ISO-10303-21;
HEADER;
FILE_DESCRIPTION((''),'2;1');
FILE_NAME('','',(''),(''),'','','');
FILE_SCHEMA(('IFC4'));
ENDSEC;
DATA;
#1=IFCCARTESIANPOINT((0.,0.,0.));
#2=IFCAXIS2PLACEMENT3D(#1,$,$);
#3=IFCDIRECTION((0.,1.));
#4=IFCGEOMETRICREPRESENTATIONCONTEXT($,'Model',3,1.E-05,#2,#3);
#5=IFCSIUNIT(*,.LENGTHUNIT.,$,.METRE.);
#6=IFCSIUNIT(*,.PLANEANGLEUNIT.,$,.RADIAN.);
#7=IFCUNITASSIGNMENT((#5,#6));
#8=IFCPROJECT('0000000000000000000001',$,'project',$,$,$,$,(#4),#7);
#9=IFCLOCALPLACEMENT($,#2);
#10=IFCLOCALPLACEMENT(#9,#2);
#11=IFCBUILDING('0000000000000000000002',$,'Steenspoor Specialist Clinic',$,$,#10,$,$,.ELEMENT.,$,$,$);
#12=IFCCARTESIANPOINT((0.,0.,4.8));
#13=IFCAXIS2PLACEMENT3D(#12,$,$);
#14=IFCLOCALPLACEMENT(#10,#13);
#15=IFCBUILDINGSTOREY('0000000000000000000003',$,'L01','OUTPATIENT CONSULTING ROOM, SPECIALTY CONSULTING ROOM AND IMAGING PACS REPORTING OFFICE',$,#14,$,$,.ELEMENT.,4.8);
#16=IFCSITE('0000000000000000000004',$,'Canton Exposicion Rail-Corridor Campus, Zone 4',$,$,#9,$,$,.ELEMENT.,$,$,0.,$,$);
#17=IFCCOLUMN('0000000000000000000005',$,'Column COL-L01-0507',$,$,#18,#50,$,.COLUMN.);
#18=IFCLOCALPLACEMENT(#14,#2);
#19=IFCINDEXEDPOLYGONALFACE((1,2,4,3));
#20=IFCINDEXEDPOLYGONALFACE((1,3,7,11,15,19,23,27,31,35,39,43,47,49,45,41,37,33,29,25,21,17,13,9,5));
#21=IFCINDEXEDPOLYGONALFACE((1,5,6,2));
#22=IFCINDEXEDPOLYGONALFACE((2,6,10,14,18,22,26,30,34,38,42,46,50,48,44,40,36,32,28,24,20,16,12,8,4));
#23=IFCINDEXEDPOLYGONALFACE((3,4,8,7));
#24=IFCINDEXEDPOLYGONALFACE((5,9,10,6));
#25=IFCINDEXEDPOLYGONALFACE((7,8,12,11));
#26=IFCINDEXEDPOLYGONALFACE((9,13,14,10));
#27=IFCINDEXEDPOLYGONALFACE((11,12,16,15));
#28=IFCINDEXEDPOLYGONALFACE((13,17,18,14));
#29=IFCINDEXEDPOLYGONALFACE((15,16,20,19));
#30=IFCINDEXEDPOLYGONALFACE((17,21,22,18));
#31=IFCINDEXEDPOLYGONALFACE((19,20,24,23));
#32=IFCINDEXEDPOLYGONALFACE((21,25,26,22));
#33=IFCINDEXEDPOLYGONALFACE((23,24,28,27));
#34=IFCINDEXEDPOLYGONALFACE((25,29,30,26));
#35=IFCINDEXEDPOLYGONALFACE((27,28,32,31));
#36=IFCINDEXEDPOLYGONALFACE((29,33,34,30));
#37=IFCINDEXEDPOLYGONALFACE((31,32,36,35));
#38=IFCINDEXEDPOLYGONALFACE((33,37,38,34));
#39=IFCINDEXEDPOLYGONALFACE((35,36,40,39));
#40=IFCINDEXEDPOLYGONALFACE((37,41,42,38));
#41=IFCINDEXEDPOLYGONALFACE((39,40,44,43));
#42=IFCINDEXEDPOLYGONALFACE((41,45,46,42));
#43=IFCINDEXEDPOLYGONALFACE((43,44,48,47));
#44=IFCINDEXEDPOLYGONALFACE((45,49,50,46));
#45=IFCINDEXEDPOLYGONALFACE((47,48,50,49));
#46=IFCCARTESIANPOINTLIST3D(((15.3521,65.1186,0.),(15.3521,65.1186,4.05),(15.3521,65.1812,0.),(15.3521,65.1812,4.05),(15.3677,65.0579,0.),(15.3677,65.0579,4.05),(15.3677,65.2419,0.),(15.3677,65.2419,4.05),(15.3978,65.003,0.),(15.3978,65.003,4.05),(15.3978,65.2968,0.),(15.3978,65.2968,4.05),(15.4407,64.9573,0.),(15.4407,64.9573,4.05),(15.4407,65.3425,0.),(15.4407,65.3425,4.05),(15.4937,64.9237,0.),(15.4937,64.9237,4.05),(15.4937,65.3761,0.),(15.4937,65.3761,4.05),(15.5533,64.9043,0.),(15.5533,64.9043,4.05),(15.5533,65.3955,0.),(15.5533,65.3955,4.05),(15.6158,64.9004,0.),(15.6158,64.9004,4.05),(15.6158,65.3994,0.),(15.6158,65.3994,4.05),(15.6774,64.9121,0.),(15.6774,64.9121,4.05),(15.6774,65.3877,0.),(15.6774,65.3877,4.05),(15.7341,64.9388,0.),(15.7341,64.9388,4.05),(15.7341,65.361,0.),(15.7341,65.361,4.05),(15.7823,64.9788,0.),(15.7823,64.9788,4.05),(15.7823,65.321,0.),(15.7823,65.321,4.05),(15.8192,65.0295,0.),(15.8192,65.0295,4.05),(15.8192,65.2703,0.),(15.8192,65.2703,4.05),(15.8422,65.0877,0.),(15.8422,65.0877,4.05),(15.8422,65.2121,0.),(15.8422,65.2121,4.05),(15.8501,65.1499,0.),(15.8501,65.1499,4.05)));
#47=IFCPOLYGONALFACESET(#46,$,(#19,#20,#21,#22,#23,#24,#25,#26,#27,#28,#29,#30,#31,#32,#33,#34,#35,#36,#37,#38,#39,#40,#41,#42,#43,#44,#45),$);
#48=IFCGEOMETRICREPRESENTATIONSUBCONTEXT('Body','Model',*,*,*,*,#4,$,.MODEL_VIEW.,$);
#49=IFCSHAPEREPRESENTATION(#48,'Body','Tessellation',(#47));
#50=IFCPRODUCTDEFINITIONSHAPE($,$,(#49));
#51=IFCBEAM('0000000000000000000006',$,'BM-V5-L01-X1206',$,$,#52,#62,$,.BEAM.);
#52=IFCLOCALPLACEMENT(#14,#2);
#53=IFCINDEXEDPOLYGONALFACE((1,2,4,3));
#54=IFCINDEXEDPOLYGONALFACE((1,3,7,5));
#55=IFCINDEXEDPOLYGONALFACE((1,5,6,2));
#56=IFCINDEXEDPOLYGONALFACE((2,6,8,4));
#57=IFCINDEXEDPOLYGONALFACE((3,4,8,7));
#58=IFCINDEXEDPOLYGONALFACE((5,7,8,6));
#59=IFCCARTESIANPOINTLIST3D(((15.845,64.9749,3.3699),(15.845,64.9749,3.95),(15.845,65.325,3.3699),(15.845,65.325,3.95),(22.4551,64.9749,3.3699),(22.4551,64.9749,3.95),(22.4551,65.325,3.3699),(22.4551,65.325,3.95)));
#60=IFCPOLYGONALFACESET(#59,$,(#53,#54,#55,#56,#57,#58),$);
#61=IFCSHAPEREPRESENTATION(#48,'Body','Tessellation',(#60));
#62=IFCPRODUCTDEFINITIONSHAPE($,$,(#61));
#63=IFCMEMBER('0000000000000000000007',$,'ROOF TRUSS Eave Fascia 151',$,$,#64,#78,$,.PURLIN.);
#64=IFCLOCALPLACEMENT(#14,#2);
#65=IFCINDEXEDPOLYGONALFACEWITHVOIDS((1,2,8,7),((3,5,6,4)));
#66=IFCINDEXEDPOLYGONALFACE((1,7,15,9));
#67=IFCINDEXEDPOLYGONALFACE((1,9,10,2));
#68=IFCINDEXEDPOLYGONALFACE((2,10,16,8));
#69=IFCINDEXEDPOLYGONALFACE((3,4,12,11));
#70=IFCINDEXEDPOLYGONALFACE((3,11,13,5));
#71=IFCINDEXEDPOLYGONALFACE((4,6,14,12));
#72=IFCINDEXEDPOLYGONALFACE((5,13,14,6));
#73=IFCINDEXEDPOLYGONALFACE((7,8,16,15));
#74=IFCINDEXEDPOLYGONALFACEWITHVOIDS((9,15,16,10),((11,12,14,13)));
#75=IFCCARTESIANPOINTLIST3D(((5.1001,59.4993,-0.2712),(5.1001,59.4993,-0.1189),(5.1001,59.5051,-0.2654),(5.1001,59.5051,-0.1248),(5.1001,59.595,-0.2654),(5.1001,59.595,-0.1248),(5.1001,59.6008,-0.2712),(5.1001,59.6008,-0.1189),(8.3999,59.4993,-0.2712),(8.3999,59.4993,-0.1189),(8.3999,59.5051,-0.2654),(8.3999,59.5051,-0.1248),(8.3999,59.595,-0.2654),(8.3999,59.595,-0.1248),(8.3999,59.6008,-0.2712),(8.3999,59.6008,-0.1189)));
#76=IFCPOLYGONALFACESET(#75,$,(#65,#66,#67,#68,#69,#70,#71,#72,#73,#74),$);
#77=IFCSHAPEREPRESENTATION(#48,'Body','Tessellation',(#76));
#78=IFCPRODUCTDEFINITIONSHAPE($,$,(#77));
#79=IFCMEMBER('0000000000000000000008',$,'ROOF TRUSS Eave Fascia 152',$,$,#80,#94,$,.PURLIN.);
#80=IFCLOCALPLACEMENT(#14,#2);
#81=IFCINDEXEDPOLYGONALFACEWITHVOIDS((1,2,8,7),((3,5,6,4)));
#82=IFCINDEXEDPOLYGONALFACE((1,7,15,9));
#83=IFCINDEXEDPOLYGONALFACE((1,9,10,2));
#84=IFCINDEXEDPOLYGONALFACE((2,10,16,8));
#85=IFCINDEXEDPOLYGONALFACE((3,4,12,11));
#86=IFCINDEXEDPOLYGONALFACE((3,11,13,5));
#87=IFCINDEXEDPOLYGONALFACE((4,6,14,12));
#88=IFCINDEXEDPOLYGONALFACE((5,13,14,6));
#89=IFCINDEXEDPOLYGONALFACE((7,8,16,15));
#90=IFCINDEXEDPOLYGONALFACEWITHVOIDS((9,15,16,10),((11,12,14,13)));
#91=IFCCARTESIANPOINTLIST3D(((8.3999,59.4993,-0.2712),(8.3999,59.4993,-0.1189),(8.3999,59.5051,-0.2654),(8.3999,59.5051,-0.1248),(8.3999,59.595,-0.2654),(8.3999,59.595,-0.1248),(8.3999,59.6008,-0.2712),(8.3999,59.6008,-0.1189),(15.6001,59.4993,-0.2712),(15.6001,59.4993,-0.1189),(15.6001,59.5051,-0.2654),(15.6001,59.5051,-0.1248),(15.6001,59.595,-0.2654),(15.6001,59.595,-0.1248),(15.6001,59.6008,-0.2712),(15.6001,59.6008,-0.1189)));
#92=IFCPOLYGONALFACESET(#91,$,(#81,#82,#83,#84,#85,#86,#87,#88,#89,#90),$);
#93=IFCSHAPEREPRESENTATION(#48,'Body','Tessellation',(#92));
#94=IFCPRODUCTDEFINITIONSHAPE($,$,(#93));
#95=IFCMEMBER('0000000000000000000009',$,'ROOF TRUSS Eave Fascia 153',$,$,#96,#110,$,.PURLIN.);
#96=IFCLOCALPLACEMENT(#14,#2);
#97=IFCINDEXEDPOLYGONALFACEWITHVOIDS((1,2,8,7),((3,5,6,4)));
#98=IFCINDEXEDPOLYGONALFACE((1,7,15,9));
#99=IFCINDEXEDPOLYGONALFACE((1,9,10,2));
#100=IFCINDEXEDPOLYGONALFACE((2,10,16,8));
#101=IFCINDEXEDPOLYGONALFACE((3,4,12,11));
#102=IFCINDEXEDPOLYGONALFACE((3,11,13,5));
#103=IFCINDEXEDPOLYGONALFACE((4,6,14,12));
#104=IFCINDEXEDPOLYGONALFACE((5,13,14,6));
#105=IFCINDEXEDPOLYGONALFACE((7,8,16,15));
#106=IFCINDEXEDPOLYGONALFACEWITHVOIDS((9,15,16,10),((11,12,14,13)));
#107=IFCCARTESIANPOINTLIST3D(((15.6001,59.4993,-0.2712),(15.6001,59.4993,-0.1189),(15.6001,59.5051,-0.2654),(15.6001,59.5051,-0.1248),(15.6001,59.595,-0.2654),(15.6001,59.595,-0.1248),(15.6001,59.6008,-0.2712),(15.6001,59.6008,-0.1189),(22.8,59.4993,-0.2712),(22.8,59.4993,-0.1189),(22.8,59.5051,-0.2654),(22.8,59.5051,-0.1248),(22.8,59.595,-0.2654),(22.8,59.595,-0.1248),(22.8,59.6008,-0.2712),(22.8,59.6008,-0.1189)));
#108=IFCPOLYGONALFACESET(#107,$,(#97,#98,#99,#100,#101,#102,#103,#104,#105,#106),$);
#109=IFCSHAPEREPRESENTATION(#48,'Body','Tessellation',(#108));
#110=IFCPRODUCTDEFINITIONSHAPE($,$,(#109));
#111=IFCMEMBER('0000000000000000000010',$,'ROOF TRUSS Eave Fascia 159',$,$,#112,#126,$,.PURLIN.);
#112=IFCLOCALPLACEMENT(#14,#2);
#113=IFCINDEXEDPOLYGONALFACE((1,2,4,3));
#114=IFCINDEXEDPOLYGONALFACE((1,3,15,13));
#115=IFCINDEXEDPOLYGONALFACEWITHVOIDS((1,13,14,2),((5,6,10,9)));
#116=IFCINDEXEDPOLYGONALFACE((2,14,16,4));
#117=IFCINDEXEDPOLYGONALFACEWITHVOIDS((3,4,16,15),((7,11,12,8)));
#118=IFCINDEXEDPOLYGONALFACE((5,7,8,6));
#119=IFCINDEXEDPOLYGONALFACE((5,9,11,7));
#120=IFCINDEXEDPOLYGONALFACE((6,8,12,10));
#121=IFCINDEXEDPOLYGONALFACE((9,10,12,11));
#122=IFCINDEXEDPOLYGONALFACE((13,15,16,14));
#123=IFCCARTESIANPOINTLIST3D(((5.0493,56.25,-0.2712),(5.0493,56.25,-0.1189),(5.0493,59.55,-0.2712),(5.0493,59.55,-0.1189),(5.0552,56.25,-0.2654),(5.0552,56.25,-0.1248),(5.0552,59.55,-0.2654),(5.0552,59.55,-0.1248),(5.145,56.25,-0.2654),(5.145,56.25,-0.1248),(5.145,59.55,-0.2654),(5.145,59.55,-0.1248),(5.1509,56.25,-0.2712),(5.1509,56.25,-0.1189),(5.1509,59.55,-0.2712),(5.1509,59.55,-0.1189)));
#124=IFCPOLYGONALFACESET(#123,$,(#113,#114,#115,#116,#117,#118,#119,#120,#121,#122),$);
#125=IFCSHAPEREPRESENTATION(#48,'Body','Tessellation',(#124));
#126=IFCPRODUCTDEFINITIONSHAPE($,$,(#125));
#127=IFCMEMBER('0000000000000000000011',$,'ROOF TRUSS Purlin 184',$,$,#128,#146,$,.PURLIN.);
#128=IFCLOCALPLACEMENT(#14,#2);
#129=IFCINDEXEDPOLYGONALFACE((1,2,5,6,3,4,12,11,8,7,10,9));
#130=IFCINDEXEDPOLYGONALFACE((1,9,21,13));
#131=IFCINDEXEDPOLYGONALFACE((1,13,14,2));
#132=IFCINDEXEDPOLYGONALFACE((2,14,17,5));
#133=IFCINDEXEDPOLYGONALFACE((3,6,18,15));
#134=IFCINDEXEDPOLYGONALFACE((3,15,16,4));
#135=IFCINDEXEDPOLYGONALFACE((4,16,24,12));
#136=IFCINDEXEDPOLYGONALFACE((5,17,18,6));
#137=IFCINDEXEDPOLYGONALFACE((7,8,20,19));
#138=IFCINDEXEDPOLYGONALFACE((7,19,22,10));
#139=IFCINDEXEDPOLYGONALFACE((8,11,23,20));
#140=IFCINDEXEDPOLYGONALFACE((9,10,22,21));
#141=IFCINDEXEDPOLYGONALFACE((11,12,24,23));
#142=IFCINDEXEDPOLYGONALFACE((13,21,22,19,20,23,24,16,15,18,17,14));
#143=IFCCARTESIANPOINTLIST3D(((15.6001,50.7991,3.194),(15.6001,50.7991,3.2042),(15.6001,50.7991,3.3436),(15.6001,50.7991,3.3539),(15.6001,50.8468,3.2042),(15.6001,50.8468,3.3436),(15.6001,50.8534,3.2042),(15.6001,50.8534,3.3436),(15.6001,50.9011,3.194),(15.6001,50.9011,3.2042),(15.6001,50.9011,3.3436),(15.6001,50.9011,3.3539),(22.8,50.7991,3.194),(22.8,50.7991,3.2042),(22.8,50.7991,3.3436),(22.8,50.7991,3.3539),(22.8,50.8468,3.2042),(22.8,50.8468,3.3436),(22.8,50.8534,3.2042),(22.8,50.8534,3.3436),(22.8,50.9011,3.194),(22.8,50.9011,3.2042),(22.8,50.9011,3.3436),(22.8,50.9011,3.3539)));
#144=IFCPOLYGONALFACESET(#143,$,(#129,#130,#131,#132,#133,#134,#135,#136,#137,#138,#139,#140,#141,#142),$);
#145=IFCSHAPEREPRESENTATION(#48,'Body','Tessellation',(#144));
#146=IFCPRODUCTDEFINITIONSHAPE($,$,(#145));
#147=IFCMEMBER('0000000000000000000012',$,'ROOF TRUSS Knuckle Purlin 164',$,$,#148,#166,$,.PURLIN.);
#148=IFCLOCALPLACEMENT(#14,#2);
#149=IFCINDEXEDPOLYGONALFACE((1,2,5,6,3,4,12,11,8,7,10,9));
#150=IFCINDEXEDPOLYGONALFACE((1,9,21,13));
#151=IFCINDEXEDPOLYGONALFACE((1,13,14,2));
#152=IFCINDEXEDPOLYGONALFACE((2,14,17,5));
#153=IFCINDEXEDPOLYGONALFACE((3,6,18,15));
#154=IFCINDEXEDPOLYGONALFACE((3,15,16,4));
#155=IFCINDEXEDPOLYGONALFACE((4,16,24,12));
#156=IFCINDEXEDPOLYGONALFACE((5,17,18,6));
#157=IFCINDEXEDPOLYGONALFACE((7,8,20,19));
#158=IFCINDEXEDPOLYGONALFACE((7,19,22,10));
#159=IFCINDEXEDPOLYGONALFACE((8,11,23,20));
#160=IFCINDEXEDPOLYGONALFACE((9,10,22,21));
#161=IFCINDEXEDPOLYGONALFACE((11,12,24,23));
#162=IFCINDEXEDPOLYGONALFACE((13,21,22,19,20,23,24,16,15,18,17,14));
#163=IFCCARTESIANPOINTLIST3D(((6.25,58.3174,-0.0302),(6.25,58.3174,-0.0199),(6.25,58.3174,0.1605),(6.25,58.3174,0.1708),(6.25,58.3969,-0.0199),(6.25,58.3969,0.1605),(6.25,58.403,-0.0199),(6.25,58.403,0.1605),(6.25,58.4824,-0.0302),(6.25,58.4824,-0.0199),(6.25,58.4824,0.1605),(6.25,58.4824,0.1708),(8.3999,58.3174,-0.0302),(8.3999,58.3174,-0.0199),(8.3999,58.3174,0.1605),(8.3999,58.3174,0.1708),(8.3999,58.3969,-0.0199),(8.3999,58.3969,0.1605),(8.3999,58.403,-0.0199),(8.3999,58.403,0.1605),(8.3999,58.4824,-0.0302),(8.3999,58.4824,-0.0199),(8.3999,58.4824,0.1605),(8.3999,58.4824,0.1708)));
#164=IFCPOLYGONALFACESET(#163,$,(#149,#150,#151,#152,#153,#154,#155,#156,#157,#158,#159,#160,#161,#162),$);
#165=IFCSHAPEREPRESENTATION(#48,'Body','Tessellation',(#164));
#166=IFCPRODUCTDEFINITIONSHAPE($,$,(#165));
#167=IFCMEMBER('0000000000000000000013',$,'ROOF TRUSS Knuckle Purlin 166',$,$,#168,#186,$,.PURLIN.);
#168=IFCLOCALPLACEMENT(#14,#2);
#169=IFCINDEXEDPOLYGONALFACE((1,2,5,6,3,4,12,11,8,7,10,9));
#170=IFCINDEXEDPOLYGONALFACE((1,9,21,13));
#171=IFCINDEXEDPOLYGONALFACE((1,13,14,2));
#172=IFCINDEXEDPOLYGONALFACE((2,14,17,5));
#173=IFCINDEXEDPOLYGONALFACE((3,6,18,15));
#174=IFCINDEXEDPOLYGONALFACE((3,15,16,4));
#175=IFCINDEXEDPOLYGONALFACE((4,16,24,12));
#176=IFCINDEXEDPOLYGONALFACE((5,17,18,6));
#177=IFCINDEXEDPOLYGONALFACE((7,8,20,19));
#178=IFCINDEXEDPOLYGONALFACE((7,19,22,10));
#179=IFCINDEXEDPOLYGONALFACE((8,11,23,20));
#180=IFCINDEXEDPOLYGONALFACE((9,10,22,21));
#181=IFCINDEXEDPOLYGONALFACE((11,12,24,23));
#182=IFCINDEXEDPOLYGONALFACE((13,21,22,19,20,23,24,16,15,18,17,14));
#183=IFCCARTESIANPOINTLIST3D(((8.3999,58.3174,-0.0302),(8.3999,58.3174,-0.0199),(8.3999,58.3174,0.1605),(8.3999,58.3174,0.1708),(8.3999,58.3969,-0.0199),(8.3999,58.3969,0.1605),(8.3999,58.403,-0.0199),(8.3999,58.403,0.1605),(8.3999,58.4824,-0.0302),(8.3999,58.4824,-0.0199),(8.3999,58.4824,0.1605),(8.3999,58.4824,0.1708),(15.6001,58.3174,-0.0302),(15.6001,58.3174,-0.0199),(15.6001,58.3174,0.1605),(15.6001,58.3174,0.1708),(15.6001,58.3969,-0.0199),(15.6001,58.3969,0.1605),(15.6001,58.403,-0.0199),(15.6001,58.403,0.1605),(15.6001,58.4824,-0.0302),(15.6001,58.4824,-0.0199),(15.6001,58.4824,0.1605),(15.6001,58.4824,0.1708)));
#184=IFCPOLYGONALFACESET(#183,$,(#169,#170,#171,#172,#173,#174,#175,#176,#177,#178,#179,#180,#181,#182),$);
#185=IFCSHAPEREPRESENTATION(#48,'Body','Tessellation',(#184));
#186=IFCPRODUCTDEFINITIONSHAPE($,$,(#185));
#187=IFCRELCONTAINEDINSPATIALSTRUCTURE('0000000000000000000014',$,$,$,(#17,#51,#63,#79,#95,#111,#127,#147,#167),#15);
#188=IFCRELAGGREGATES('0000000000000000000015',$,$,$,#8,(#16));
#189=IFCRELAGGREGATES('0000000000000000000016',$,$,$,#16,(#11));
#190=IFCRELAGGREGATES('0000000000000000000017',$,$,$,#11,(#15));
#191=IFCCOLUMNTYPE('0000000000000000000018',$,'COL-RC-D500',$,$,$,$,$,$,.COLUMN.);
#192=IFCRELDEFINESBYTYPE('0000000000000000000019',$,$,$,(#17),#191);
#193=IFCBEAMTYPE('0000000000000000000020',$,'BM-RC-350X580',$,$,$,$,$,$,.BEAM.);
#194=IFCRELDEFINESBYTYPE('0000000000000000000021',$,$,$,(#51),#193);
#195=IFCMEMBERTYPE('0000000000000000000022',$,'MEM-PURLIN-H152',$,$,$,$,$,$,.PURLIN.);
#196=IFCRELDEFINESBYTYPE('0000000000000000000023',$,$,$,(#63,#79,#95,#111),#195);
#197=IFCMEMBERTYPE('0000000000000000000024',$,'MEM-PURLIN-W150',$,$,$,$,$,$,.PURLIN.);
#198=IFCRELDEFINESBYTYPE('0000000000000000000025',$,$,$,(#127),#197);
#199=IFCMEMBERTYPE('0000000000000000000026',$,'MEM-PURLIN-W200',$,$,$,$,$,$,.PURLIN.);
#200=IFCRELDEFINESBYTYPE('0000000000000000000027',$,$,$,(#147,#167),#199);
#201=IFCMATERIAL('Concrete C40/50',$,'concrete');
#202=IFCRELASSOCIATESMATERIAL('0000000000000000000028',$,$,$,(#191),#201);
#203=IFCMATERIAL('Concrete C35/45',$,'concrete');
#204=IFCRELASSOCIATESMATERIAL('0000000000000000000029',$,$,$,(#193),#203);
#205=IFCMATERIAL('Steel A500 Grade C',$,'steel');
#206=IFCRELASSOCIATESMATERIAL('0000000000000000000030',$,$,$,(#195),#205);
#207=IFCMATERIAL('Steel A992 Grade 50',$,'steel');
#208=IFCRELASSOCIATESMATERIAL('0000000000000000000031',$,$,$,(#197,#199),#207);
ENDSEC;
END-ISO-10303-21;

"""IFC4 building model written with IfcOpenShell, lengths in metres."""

from ifc_helpers import new_model, si_unit, direction, frame, origin, origin_2d, place, context, subcontext, project, spatial, rectangle, hollow_rectangle, circle, i_section, extrude, material, material_profile, profile_set, type_object, element, save


model = new_model("IFC4")

# Units and contexts
model_context = context("Model", 3, precision=1e-05, world=origin(), true_north=direction((0.0, 1.0)))
body_context = subcontext(model_context, "Body", "Model", "MODEL_VIEW")
ifc_project = project(units=[si_unit("LENGTHUNIT", "METRE"), si_unit("PLANEANGLEUNIT", "RADIAN")], contexts=[model_context])

# Site, building, storey
site_placement = place(None, origin())
site = spatial("IfcSite", under=ifc_project, at=site_placement, Name="Canton Exposicion Rail-Corridor Campus, Zone 4", CompositionType="ELEMENT", RefElevation=0.0)
building_placement = place(site_placement, origin())
building = spatial("IfcBuilding", under=site, at=building_placement, Name="Steenspoor Specialist Clinic", CompositionType="ELEMENT")
storey_placement = place(building_placement, frame((0.0, 0.0, 4.8)))
storey = spatial("IfcBuildingStorey", under=building, at=storey_placement, Name="L01", Description="OUTPATIENT CONSULTING ROOM, SPECIALTY CONSULTING ROOM AND IMAGING PACS REPORTING OFFICE", CompositionType="ELEMENT", Elevation=4.8)

# Column
ifc_material_1 = material(Name="Concrete C40/50", Category="concrete")
ifc_material_profile_1 = material_profile(ifc_material_1, circle(Radius=0.25, at=origin_2d()), Name="RC-COL-D500")
ifc_profile_set_1 = profile_set([ifc_material_profile_1], Name="Concrete C40/50")
column_type = type_object("IfcColumnType", Name="COL-RC-D500", PredefinedType="COLUMN", material=ifc_profile_set_1)
column_placement = place(storey_placement, frame((15.6001, 65.1499, 0.0), z_axis=(0.0, 0.0, 1.0), x_axis=(1.0, 0.0, 0.0)))
element("IfcColumn", 1, at=column_placement, inside=storey, type_object=column_type, Name="Column COL-L01-0507", PredefinedType="COLUMN", context=body_context, shape_type="SweptSolid", body=[
    extrude(circle(Radius=0.25, at=origin_2d()), origin(), (0.0, 0.0, 1.0), 4.05),
])

# Beam
ifc_material_2 = material(Name="Concrete C35/45", Category="concrete")
ifc_material_profile_2 = material_profile(ifc_material_2, rectangle(XDim=0.3501, YDim=0.5801, at=origin_2d()), Name="RC-BM-350X580")
ifc_profile_set_2 = profile_set([ifc_material_profile_2], Name="Concrete C35/45")
beam_type = type_object("IfcBeamType", Name="BM-RC-350X580", PredefinedType="BEAM", material=ifc_profile_set_2)
beam_placement = place(storey_placement, frame((15.845, 65.1499, 3.6599), z_axis=(1.0, 0.0, 0.0), x_axis=(0.0, 1.0, 0.0)))
element("IfcBeam", 2, at=beam_placement, inside=storey, type_object=beam_type, Name="BM-V5-L01-X1206", PredefinedType="BEAM", context=body_context, shape_type="SweptSolid", body=[
    extrude(rectangle(XDim=0.3501, YDim=0.5801, at=origin_2d()), origin(), (0.0, 0.0, 1.0), 6.6101),
])

# Members
ifc_material_3 = material(Name="Steel A500 Grade C", Category="steel")
ifc_material_profile_3 = material_profile(ifc_material_3, hollow_rectangle(XDim=0.1016, YDim=0.1523, WallThickness=0.0059, at=origin_2d()), Name="HSS152X102X6.4")
ifc_profile_set_3 = profile_set([ifc_material_profile_3], Name="Steel A500 Grade C")
member_type_1 = type_object("IfcMemberType", Name="MEM-PURLIN-H152", PredefinedType="PURLIN", material=ifc_profile_set_3)
member_1_placement = place(storey_placement, frame((5.1001, 59.55, -0.1951), z_axis=(1.0, 0.0, 0.0), x_axis=(0.0, 1.0, 0.0)))
element("IfcMember", 3, at=member_1_placement, inside=storey, type_object=member_type_1, Name="ROOF TRUSS Eave Fascia 151", PredefinedType="PURLIN", context=body_context, shape_type="SweptSolid", body=[
    extrude(hollow_rectangle(XDim=0.1016, YDim=0.1523, WallThickness=0.0059, at=origin_2d()), origin(), (0.0, 0.0, 1.0), 3.2998),
])
member_2_placement = place(storey_placement, frame((8.3999, 59.55, -0.1951), z_axis=(1.0, 0.0, 0.0), x_axis=(0.0, 1.0, 0.0)))
element("IfcMember", 4, at=member_2_placement, inside=storey, type_object=member_type_1, Name="ROOF TRUSS Eave Fascia 152", PredefinedType="PURLIN", context=body_context, shape_type="SweptSolid", body=[
    extrude(hollow_rectangle(XDim=0.1016, YDim=0.1523, WallThickness=0.0059, at=origin_2d()), origin(), (0.0, 0.0, 1.0), 7.2002),
])
member_3_placement = place(storey_placement, frame((15.6001, 59.55, -0.1951), z_axis=(1.0, 0.0, 0.0), x_axis=(0.0, 1.0, 0.0)))
element("IfcMember", 5, at=member_3_placement, inside=storey, type_object=member_type_1, Name="ROOF TRUSS Eave Fascia 153", PredefinedType="PURLIN", context=body_context, shape_type="SweptSolid", body=[
    extrude(hollow_rectangle(XDim=0.1016, YDim=0.1523, WallThickness=0.0059, at=origin_2d()), origin(), (0.0, 0.0, 1.0), 7.2),
])
member_4_placement = place(storey_placement, frame((5.1001, 56.25, -0.1951), z_axis=(0.0, 1.0, 0.0), x_axis=(-1.0, 0.0, 0.0)))
element("IfcMember", 6, at=member_4_placement, inside=storey, type_object=member_type_1, Name="ROOF TRUSS Eave Fascia 159", PredefinedType="PURLIN", context=body_context, shape_type="SweptSolid", body=[
    extrude(hollow_rectangle(XDim=0.1016, YDim=0.1523, WallThickness=0.0059, at=origin_2d()), origin(), (0.0, 0.0, 1.0), 3.3),
])
ifc_material_4 = material(Name="Steel A992 Grade 50", Category="steel")
ifc_material_profile_4 = material_profile(ifc_material_4, i_section(OverallWidth=0.1021, OverallDepth=0.1599, WebThickness=0.0066, FlangeThickness=0.0103, at=origin_2d()), Name="W150X24")
ifc_profile_set_4 = profile_set([ifc_material_profile_4], Name="Steel A992 Grade 50")
member_type_2 = type_object("IfcMemberType", Name="MEM-PURLIN-W150", PredefinedType="PURLIN", material=ifc_profile_set_4)
member_5_placement = place(storey_placement, frame((15.6001, 50.8501, 3.2739), z_axis=(1.0, 0.0, 0.0), x_axis=(0.0, 1.0, 0.0)))
element("IfcMember", 7, at=member_5_placement, inside=storey, type_object=member_type_2, Name="ROOF TRUSS Purlin 184", PredefinedType="PURLIN", context=body_context, shape_type="SweptSolid", body=[
    extrude(i_section(OverallWidth=0.1021, OverallDepth=0.1599, WebThickness=0.0066, FlangeThickness=0.0103, at=origin_2d()), origin(), (0.0, 0.0, 1.0), 7.2),
])
ifc_material_profile_5 = material_profile(ifc_material_4, i_section(OverallWidth=0.165, OverallDepth=0.2009, WebThickness=0.0061, FlangeThickness=0.0103, at=origin_2d()), Name="W200X36")
ifc_profile_set_5 = profile_set([ifc_material_profile_5], Name="Steel A992 Grade 50")
member_type_3 = type_object("IfcMemberType", Name="MEM-PURLIN-W200", PredefinedType="PURLIN", material=ifc_profile_set_5)
member_6_placement = place(storey_placement, frame((6.25, 58.3999, 0.0703), z_axis=(1.0, 0.0, 0.0), x_axis=(0.0, 1.0, 0.0)))
element("IfcMember", 8, at=member_6_placement, inside=storey, type_object=member_type_3, Name="ROOF TRUSS Knuckle Purlin 164", PredefinedType="PURLIN", context=body_context, shape_type="SweptSolid", body=[
    extrude(i_section(OverallWidth=0.165, OverallDepth=0.2009, WebThickness=0.0061, FlangeThickness=0.0103, at=origin_2d()), origin(), (0.0, 0.0, 1.0), 2.1499),
])
member_7_placement = place(storey_placement, frame((8.3999, 58.3999, 0.0703), z_axis=(1.0, 0.0, 0.0), x_axis=(0.0, 1.0, 0.0)))
element("IfcMember", 9, at=member_7_placement, inside=storey, type_object=member_type_3, Name="ROOF TRUSS Knuckle Purlin 166", PredefinedType="PURLIN", context=body_context, shape_type="SweptSolid", body=[
    extrude(i_section(OverallWidth=0.165, OverallDepth=0.2009, WebThickness=0.0061, FlangeThickness=0.0103, at=origin_2d()), origin(), (0.0, 0.0, 1.0), 7.2002),
])

save(model, "model.ifc")
